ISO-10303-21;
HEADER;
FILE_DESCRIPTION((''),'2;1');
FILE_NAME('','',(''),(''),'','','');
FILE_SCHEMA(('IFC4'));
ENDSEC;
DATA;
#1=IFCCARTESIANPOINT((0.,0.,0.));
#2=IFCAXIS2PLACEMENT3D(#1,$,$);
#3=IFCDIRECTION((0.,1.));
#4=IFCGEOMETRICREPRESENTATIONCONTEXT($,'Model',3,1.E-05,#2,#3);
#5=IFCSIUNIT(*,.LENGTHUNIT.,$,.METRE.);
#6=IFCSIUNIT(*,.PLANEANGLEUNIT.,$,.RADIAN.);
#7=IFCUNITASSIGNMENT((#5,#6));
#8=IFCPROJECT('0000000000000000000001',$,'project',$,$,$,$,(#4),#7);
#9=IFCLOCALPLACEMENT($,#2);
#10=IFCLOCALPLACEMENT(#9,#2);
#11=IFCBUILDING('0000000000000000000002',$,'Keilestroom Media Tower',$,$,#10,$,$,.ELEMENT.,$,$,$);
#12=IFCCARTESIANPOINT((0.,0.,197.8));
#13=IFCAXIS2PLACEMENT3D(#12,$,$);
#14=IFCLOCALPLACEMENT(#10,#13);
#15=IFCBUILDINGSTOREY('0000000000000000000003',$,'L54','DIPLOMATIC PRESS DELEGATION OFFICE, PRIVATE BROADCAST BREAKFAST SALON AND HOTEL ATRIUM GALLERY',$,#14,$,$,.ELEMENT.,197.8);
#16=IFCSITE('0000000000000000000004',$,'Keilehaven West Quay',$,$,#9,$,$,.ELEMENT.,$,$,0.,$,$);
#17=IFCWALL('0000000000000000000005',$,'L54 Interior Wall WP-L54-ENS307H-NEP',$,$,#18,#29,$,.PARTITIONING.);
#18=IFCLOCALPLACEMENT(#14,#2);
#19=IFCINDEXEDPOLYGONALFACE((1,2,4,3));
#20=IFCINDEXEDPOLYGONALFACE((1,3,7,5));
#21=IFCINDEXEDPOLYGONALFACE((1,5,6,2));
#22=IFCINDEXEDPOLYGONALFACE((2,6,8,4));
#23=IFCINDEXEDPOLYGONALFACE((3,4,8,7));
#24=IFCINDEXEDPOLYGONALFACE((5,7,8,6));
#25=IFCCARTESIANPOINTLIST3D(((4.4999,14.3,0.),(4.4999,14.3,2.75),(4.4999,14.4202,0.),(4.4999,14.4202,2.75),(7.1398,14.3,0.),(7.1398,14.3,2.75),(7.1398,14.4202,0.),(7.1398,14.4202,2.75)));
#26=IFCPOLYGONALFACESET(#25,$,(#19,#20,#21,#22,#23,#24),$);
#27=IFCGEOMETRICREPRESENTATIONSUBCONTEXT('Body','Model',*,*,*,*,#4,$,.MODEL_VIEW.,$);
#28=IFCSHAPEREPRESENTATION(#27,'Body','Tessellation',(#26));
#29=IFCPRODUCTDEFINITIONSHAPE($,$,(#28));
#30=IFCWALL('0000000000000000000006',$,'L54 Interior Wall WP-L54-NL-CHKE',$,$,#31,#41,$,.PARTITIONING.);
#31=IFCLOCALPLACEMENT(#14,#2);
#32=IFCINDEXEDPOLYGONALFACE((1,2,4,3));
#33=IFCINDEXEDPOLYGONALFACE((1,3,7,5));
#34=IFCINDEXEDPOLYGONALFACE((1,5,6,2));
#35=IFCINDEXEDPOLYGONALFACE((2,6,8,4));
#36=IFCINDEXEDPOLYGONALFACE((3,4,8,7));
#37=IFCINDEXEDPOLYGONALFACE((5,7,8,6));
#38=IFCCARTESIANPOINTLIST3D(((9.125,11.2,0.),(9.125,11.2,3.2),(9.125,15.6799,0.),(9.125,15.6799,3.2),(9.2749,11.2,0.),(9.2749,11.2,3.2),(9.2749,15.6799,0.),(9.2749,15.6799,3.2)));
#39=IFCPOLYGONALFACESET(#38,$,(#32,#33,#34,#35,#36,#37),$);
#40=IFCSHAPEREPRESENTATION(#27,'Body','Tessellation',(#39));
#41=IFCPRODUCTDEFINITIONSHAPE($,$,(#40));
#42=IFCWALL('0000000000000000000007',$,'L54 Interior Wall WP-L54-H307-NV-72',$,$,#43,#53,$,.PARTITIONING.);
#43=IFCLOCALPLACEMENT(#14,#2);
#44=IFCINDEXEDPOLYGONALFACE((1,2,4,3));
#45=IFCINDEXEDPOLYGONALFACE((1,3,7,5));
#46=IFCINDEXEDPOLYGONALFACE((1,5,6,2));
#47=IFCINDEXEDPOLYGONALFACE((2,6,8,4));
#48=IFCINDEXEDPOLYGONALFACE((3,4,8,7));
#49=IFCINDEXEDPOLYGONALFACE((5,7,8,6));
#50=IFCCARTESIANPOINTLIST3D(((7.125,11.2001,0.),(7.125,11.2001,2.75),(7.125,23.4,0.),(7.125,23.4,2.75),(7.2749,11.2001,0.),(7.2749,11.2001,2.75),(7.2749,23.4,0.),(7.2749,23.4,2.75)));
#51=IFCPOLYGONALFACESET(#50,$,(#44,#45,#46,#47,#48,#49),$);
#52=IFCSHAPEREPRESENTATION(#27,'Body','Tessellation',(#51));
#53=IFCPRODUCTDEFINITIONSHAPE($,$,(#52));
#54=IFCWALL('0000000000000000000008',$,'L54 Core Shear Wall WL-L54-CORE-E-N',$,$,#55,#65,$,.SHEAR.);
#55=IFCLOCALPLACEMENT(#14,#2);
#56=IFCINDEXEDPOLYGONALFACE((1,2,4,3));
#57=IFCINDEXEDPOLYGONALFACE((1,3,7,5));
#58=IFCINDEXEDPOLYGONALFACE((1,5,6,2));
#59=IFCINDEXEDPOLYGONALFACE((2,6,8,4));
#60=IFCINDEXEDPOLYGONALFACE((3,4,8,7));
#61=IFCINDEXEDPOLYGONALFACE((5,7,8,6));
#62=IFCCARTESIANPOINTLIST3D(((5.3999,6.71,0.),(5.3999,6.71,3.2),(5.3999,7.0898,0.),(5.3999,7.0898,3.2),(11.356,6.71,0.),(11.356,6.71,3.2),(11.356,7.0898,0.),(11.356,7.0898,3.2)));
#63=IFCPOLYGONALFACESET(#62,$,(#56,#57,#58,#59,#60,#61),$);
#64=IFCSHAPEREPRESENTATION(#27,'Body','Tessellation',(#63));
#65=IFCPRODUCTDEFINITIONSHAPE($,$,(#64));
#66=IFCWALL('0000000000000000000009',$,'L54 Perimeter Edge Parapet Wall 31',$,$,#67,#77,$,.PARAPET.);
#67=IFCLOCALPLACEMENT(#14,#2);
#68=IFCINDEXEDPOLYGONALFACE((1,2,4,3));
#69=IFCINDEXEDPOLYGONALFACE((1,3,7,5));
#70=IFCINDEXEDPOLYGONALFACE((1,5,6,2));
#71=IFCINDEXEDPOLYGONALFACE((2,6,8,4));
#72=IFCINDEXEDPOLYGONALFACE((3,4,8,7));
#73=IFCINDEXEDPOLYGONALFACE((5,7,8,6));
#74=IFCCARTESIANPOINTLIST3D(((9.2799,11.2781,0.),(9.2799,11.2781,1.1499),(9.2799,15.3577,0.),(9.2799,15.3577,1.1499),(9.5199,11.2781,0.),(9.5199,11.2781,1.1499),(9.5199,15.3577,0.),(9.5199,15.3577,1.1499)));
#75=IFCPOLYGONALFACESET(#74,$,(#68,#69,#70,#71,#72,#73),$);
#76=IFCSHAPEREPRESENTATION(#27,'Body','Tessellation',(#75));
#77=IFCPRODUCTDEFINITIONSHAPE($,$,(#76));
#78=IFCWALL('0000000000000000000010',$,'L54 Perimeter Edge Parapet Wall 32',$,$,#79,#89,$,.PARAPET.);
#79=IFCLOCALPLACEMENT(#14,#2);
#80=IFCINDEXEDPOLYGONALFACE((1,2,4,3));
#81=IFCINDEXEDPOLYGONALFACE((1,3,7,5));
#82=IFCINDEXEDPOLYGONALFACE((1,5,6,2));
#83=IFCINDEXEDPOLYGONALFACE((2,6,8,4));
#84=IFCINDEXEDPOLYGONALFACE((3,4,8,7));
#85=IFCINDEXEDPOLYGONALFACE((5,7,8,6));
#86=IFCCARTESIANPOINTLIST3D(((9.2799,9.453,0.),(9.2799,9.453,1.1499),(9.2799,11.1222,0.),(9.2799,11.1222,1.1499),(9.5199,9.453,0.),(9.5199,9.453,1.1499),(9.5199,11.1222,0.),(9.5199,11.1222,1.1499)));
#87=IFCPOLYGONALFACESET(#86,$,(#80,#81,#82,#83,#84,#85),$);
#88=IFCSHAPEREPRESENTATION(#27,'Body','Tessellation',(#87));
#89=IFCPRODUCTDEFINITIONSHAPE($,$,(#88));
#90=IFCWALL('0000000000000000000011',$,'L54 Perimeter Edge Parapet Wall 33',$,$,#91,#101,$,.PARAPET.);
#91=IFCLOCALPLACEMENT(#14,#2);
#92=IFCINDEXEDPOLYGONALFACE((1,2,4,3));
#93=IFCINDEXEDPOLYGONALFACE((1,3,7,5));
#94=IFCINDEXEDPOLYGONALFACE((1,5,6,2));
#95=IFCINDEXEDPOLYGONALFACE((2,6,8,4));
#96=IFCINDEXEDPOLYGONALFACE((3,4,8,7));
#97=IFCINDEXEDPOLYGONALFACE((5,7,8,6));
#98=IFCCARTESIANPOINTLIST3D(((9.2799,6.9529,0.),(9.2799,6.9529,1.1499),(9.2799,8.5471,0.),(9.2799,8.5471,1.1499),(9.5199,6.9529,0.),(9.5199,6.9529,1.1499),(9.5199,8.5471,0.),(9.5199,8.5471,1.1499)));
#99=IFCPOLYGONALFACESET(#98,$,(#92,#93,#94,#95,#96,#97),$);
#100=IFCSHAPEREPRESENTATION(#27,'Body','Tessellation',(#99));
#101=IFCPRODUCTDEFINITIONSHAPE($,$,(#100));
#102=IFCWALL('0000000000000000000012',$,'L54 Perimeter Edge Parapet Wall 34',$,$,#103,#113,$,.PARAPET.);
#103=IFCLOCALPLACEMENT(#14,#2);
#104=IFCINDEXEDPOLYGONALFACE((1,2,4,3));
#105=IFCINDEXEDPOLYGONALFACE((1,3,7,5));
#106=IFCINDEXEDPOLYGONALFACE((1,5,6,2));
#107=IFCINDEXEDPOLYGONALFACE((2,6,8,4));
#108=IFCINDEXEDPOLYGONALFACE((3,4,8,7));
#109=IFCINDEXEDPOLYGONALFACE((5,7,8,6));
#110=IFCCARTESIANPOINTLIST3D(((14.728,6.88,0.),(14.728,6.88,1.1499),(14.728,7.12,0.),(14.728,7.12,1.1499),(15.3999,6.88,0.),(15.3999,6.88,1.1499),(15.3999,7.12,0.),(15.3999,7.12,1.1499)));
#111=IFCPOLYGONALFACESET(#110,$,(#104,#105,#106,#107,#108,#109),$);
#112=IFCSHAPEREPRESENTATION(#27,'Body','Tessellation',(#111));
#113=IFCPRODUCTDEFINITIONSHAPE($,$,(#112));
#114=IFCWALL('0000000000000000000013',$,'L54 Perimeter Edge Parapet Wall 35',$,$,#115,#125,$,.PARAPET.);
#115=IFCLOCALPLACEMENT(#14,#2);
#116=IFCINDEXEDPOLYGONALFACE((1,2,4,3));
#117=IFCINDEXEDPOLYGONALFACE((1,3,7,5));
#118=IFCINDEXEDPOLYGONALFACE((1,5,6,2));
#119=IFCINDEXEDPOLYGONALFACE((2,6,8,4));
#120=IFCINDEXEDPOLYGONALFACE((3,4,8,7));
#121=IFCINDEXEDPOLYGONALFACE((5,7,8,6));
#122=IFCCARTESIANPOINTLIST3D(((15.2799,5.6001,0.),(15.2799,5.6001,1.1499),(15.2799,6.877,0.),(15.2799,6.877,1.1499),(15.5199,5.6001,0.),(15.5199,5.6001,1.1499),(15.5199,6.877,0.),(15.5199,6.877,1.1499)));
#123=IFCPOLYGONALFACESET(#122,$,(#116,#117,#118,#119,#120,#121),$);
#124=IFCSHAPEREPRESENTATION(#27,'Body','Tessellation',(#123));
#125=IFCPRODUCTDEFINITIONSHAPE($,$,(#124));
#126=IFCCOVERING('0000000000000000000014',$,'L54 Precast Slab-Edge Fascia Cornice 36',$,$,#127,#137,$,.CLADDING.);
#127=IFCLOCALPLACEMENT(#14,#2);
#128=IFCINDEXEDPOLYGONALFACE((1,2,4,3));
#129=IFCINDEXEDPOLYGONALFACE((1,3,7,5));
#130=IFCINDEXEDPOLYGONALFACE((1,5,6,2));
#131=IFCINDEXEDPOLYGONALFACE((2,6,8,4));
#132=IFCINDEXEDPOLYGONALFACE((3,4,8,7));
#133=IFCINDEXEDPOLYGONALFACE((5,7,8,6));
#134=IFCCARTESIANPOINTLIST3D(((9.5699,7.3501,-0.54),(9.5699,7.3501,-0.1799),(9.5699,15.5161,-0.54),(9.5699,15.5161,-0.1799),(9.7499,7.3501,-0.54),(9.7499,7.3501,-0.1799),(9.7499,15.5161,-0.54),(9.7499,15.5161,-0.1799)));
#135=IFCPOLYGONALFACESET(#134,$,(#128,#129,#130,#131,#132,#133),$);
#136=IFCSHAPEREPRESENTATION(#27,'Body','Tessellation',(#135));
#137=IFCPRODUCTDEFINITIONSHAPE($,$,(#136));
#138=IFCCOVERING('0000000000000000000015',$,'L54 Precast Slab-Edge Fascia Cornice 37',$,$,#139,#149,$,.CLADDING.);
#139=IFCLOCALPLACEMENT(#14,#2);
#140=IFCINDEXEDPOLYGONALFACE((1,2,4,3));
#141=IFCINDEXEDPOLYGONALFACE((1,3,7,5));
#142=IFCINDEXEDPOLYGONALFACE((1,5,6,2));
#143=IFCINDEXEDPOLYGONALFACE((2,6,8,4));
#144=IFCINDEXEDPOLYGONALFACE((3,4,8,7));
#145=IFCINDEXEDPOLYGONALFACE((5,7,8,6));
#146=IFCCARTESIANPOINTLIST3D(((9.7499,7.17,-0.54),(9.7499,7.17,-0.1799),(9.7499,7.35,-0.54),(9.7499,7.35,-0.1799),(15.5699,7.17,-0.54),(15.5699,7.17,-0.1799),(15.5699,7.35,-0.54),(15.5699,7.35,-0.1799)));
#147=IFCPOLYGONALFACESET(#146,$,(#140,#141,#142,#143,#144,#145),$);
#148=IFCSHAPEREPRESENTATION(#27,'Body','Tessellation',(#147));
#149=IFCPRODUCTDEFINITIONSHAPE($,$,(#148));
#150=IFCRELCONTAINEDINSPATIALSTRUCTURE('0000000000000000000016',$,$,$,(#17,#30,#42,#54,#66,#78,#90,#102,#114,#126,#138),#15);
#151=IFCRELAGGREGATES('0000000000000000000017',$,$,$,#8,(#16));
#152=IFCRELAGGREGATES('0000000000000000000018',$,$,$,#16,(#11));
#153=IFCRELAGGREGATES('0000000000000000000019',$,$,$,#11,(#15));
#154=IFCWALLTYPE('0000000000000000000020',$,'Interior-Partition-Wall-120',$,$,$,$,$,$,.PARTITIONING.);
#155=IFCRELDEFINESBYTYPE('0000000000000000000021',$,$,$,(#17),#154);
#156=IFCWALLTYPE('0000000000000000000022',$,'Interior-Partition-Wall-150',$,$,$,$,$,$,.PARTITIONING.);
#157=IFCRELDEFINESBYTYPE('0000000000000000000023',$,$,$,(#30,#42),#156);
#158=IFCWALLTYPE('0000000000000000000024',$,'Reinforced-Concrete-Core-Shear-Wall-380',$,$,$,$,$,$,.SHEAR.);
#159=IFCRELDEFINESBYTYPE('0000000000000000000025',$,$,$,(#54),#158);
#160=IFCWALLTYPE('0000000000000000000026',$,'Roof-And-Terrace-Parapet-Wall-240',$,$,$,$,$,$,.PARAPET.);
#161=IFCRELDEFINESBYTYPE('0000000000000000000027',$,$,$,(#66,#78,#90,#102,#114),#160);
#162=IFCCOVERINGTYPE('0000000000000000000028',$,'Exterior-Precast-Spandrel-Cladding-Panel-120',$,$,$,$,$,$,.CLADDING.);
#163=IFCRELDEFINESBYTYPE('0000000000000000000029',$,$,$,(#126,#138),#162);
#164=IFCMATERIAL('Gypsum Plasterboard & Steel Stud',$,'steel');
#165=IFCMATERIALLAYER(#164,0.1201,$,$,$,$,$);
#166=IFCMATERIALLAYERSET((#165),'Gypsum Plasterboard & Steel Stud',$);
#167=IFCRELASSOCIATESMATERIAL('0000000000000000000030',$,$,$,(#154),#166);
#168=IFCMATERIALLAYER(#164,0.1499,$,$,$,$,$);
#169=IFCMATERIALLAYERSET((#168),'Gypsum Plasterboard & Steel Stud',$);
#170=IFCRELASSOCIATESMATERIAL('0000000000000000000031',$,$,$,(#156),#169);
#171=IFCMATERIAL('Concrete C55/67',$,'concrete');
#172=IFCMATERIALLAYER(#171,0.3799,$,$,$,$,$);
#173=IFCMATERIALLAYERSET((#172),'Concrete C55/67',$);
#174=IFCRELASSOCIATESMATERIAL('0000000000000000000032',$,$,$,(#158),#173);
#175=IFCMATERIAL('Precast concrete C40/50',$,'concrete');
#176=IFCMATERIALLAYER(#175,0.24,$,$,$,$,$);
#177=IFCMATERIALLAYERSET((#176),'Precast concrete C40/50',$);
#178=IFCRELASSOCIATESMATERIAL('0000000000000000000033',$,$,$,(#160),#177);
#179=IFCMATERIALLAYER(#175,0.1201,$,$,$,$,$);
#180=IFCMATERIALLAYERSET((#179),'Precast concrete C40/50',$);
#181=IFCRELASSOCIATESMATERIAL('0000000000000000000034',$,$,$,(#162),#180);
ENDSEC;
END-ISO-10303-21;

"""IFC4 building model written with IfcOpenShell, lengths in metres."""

from ifc_helpers import new_model, si_unit, direction, frame, frame_2d, origin, origin_2d, place, context, subcontext, project, spatial, rectangle, extrude, source, transform, mapped, material, layer, layer_set, type_object, element, save


model = new_model("IFC4")

# Units and contexts
model_context = context("Model", 3, precision=1e-05, world=origin(), true_north=direction((0.0, 1.0)))
body_context = subcontext(model_context, "Body", "Model", "MODEL_VIEW")
ifc_project = project(units=[si_unit("LENGTHUNIT", "METRE"), si_unit("PLANEANGLEUNIT", "RADIAN")], contexts=[model_context])

# Site, building, storey
site_placement = place(None, origin())
site = spatial("IfcSite", under=ifc_project, at=site_placement, Name="Keilehaven West Quay", CompositionType="ELEMENT", RefElevation=0.0)
building_placement = place(site_placement, origin())
building = spatial("IfcBuilding", under=site, at=building_placement, Name="Keilestroom Media Tower", CompositionType="ELEMENT")
storey_placement = place(building_placement, frame((0.0, 0.0, 197.8)))
storey = spatial("IfcBuildingStorey", under=building, at=storey_placement, Name="L54", Description="DIPLOMATIC PRESS DELEGATION OFFICE, PRIVATE BROADCAST BREAKFAST SALON AND HOTEL ATRIUM GALLERY", CompositionType="ELEMENT", Elevation=197.8)

# Shared definitions
ifc_material_1 = material(Name="Precast concrete C40/50", Category="concrete")
ifc_material_2 = material(Name="Concrete C55/67", Category="concrete")

# Walls
ifc_material_3 = material(Name="Gypsum Plasterboard & Steel Stud", Category="steel")
ifc_layer_1 = layer(ifc_material_3, 0.1201)
ifc_layer_set_1 = layer_set([ifc_layer_1], Name="Gypsum Plasterboard & Steel Stud")
wall_type_1 = type_object("IfcWallType", Name="Interior-Partition-Wall-120", PredefinedType="PARTITIONING", material=ifc_layer_set_1)
wall_1_placement = place(storey_placement, frame((4.5, 14.3601, 0.0), z_axis=(0.0, 0.0, 1.0), x_axis=(1.0, 0.0, 0.0)))
element("IfcWall", 1, at=wall_1_placement, inside=storey, type_object=wall_type_1, Name="L54 Interior Wall WP-L54-ENS307H-NEP", PredefinedType="PARTITIONING", context=body_context, shape_type="SweptSolid", body=[
    extrude(rectangle(XDim=2.6399, YDim=0.1201, at=frame_2d((1.3198, 0.0))), origin(), (0.0, 0.0, 1.0), 2.75),
])
ifc_layer_2 = layer(ifc_material_3, 0.1499)
ifc_layer_set_2 = layer_set([ifc_layer_2], Name="Gypsum Plasterboard & Steel Stud")
wall_type_2 = type_object("IfcWallType", Name="Interior-Partition-Wall-150", PredefinedType="PARTITIONING", material=ifc_layer_set_2)
wall_2_placement = place(storey_placement, frame((9.2, 11.2, 0.0), z_axis=(0.0, 0.0, 1.0), x_axis=(0.0, 1.0, 0.0)))
element("IfcWall", 2, at=wall_2_placement, inside=storey, type_object=wall_type_2, Name="L54 Interior Wall WP-L54-NL-CHKE", PredefinedType="PARTITIONING", context=body_context, shape_type="SweptSolid", body=[
    extrude(rectangle(XDim=4.48, YDim=0.1499, at=frame_2d((2.24, 0.0))), origin(), (0.0, 0.0, 1.0), 3.2),
])
wall_3_placement = place(storey_placement, frame((7.2, 11.2, 0.0), z_axis=(0.0, 0.0, 1.0), x_axis=(0.0, 1.0, 0.0)))
element("IfcWall", 3, at=wall_3_placement, inside=storey, type_object=wall_type_2, Name="L54 Interior Wall WP-L54-H307-NV-72", PredefinedType="PARTITIONING", context=body_context, shape_type="SweptSolid", body=[
    extrude(rectangle(XDim=12.2, YDim=0.1499, at=frame_2d((6.1001, 0.0))), origin(), (0.0, 0.0, 1.0), 2.75),
])
ifc_layer_3 = layer(ifc_material_2, 0.3799)
ifc_layer_set_3 = layer_set([ifc_layer_3], Name="Concrete C55/67")
wall_type_3 = type_object("IfcWallType", Name="Reinforced-Concrete-Core-Shear-Wall-380", PredefinedType="SHEAR", material=ifc_layer_set_3)
wall_4_placement = place(storey_placement, frame((5.3999, 6.8999, 0.0), z_axis=(0.0, 0.0, 1.0), x_axis=(1.0, 0.0, 0.0)))
element("IfcWall", 4, at=wall_4_placement, inside=storey, type_object=wall_type_3, Name="L54 Core Shear Wall WL-L54-CORE-E-N", PredefinedType="SHEAR", context=body_context, shape_type="SweptSolid", body=[
    extrude(rectangle(XDim=5.9561, YDim=0.3799, at=frame_2d((2.978, 0.0))), origin(), (0.0, 0.0, 1.0), 3.2),
])
ifc_layer_4 = layer(ifc_material_1, 0.24)
ifc_layer_set_4 = layer_set([ifc_layer_4], Name="Precast concrete C40/50")
wall_type_4 = type_object("IfcWallType", Name="Roof-And-Terrace-Parapet-Wall-240", PredefinedType="PARAPET", material=ifc_layer_set_4)
wall_5_placement = place(storey_placement, frame((9.3999, 15.3577, 0.0), z_axis=(0.0, 0.0, 1.0), x_axis=(0.0, -1.0, 0.0)))
element("IfcWall", 5, at=wall_5_placement, inside=storey, type_object=wall_type_4, Name="L54 Perimeter Edge Parapet Wall 31", PredefinedType="PARAPET", context=body_context, shape_type="SweptSolid", body=[
    extrude(rectangle(XDim=4.0796, YDim=0.24, at=frame_2d((2.0398, 0.0))), origin(), (0.0, 0.0, 1.0), 1.1499),
])
wall_6_placement = place(storey_placement, frame((9.3999, 11.1221, 0.0), z_axis=(0.0, 0.0, 1.0), x_axis=(0.0, -1.0, 0.0)))
element("IfcWall", 6, at=wall_6_placement, inside=storey, type_object=wall_type_4, Name="L54 Perimeter Edge Parapet Wall 32", PredefinedType="PARAPET", context=body_context, shape_type="SweptSolid", body=[
    extrude(rectangle(XDim=1.6692, YDim=0.24, at=frame_2d((0.8345, 0.0))), origin(), (0.0, 0.0, 1.0), 1.1499),
])
wall_7_placement = place(storey_placement, frame((9.3999, 8.5471, 0.0), z_axis=(0.0, 0.0, 1.0), x_axis=(0.0, -1.0, 0.0)))
element("IfcWall", 7, at=wall_7_placement, inside=storey, type_object=wall_type_4, Name="L54 Perimeter Edge Parapet Wall 33", PredefinedType="PARAPET", context=body_context, shape_type="SweptSolid", body=[
    extrude(rectangle(XDim=1.5942, YDim=0.24, at=frame_2d((0.7971, 0.0))), origin(), (0.0, 0.0, 1.0), 1.1499),
])
wall_8_placement = place(storey_placement, frame((14.728, 7.0, 0.0), z_axis=(0.0, 0.0, 1.0), x_axis=(1.0, 0.0, 0.0)))
element("IfcWall", 8, at=wall_8_placement, inside=storey, type_object=wall_type_4, Name="L54 Perimeter Edge Parapet Wall 34", PredefinedType="PARAPET", context=body_context, shape_type="SweptSolid", body=[
    extrude(rectangle(XDim=0.6719, YDim=0.24, at=frame_2d((0.3359, 0.0))), origin(), (0.0, 0.0, 1.0), 1.1499),
])
wall_9_placement = place(storey_placement, frame((15.3999, 6.877, 0.0), z_axis=(0.0, 0.0, 1.0), x_axis=(0.0, -1.0, 0.0)))
element("IfcWall", 9, at=wall_9_placement, inside=storey, type_object=wall_type_4, Name="L54 Perimeter Edge Parapet Wall 35", PredefinedType="PARAPET", context=body_context, shape_type="SweptSolid", body=[
    extrude(rectangle(XDim=1.2769, YDim=0.24, at=frame_2d((0.6384, 0.0))), origin(), (0.0, 0.0, 1.0), 1.1499),
])

# Coverings
ifc_layer_5 = layer(ifc_material_1, 0.1201)
ifc_layer_set_5 = layer_set([ifc_layer_5], Name="Precast concrete C40/50")
covering_type = type_object("IfcCoveringType", Name="Exterior-Precast-Spandrel-Cladding-Panel-120", PredefinedType="CLADDING", material=ifc_layer_set_5)
shared_shape_1 = source(origin(), body_context, "Body", "SweptSolid", [
    extrude(rectangle(XDim=8.166, YDim=0.1799, at=origin_2d()), origin(), (0.0, 0.0, 1.0), 0.3601),
])
covering_1_placement = place(storey_placement, frame((9.6599, 11.4331, -0.54), z_axis=(0.0, 0.0, 1.0), x_axis=(0.0, -1.0, 0.0)))
element("IfcCovering", 10, at=covering_1_placement, inside=storey, type_object=covering_type, Name="L54 Precast Slab-Edge Fascia Cornice 36", PredefinedType="CLADDING", context=body_context, shape_type="MappedRepresentation", body=[
    mapped(shared_shape_1, transform((0.0, 0.0, 0.0), x_axis=(1.0, 0.0, 0.0), y_axis=(0.0, 1.0, 0.0), z_axis=(0.0, 0.0, 1.0), scale=1.0)),
])
shared_shape_2 = source(origin(), body_context, "Body", "SweptSolid", [
    extrude(rectangle(XDim=5.8201, YDim=0.1799, at=origin_2d()), origin(), (0.0, 0.0, 1.0), 0.3601),
])
covering_2_placement = place(storey_placement, frame((12.6599, 7.26, -0.54), z_axis=(0.0, 0.0, 1.0), x_axis=(1.0, 0.0, 0.0)))
element("IfcCovering", 11, at=covering_2_placement, inside=storey, type_object=covering_type, Name="L54 Precast Slab-Edge Fascia Cornice 37", PredefinedType="CLADDING", context=body_context, shape_type="MappedRepresentation", body=[
    mapped(shared_shape_2, transform((0.0, 0.0, 0.0), x_axis=(1.0, 0.0, 0.0), y_axis=(0.0, 1.0, 0.0), z_axis=(0.0, 0.0, 1.0), scale=1.0)),
])

save(model, "model.ifc")
